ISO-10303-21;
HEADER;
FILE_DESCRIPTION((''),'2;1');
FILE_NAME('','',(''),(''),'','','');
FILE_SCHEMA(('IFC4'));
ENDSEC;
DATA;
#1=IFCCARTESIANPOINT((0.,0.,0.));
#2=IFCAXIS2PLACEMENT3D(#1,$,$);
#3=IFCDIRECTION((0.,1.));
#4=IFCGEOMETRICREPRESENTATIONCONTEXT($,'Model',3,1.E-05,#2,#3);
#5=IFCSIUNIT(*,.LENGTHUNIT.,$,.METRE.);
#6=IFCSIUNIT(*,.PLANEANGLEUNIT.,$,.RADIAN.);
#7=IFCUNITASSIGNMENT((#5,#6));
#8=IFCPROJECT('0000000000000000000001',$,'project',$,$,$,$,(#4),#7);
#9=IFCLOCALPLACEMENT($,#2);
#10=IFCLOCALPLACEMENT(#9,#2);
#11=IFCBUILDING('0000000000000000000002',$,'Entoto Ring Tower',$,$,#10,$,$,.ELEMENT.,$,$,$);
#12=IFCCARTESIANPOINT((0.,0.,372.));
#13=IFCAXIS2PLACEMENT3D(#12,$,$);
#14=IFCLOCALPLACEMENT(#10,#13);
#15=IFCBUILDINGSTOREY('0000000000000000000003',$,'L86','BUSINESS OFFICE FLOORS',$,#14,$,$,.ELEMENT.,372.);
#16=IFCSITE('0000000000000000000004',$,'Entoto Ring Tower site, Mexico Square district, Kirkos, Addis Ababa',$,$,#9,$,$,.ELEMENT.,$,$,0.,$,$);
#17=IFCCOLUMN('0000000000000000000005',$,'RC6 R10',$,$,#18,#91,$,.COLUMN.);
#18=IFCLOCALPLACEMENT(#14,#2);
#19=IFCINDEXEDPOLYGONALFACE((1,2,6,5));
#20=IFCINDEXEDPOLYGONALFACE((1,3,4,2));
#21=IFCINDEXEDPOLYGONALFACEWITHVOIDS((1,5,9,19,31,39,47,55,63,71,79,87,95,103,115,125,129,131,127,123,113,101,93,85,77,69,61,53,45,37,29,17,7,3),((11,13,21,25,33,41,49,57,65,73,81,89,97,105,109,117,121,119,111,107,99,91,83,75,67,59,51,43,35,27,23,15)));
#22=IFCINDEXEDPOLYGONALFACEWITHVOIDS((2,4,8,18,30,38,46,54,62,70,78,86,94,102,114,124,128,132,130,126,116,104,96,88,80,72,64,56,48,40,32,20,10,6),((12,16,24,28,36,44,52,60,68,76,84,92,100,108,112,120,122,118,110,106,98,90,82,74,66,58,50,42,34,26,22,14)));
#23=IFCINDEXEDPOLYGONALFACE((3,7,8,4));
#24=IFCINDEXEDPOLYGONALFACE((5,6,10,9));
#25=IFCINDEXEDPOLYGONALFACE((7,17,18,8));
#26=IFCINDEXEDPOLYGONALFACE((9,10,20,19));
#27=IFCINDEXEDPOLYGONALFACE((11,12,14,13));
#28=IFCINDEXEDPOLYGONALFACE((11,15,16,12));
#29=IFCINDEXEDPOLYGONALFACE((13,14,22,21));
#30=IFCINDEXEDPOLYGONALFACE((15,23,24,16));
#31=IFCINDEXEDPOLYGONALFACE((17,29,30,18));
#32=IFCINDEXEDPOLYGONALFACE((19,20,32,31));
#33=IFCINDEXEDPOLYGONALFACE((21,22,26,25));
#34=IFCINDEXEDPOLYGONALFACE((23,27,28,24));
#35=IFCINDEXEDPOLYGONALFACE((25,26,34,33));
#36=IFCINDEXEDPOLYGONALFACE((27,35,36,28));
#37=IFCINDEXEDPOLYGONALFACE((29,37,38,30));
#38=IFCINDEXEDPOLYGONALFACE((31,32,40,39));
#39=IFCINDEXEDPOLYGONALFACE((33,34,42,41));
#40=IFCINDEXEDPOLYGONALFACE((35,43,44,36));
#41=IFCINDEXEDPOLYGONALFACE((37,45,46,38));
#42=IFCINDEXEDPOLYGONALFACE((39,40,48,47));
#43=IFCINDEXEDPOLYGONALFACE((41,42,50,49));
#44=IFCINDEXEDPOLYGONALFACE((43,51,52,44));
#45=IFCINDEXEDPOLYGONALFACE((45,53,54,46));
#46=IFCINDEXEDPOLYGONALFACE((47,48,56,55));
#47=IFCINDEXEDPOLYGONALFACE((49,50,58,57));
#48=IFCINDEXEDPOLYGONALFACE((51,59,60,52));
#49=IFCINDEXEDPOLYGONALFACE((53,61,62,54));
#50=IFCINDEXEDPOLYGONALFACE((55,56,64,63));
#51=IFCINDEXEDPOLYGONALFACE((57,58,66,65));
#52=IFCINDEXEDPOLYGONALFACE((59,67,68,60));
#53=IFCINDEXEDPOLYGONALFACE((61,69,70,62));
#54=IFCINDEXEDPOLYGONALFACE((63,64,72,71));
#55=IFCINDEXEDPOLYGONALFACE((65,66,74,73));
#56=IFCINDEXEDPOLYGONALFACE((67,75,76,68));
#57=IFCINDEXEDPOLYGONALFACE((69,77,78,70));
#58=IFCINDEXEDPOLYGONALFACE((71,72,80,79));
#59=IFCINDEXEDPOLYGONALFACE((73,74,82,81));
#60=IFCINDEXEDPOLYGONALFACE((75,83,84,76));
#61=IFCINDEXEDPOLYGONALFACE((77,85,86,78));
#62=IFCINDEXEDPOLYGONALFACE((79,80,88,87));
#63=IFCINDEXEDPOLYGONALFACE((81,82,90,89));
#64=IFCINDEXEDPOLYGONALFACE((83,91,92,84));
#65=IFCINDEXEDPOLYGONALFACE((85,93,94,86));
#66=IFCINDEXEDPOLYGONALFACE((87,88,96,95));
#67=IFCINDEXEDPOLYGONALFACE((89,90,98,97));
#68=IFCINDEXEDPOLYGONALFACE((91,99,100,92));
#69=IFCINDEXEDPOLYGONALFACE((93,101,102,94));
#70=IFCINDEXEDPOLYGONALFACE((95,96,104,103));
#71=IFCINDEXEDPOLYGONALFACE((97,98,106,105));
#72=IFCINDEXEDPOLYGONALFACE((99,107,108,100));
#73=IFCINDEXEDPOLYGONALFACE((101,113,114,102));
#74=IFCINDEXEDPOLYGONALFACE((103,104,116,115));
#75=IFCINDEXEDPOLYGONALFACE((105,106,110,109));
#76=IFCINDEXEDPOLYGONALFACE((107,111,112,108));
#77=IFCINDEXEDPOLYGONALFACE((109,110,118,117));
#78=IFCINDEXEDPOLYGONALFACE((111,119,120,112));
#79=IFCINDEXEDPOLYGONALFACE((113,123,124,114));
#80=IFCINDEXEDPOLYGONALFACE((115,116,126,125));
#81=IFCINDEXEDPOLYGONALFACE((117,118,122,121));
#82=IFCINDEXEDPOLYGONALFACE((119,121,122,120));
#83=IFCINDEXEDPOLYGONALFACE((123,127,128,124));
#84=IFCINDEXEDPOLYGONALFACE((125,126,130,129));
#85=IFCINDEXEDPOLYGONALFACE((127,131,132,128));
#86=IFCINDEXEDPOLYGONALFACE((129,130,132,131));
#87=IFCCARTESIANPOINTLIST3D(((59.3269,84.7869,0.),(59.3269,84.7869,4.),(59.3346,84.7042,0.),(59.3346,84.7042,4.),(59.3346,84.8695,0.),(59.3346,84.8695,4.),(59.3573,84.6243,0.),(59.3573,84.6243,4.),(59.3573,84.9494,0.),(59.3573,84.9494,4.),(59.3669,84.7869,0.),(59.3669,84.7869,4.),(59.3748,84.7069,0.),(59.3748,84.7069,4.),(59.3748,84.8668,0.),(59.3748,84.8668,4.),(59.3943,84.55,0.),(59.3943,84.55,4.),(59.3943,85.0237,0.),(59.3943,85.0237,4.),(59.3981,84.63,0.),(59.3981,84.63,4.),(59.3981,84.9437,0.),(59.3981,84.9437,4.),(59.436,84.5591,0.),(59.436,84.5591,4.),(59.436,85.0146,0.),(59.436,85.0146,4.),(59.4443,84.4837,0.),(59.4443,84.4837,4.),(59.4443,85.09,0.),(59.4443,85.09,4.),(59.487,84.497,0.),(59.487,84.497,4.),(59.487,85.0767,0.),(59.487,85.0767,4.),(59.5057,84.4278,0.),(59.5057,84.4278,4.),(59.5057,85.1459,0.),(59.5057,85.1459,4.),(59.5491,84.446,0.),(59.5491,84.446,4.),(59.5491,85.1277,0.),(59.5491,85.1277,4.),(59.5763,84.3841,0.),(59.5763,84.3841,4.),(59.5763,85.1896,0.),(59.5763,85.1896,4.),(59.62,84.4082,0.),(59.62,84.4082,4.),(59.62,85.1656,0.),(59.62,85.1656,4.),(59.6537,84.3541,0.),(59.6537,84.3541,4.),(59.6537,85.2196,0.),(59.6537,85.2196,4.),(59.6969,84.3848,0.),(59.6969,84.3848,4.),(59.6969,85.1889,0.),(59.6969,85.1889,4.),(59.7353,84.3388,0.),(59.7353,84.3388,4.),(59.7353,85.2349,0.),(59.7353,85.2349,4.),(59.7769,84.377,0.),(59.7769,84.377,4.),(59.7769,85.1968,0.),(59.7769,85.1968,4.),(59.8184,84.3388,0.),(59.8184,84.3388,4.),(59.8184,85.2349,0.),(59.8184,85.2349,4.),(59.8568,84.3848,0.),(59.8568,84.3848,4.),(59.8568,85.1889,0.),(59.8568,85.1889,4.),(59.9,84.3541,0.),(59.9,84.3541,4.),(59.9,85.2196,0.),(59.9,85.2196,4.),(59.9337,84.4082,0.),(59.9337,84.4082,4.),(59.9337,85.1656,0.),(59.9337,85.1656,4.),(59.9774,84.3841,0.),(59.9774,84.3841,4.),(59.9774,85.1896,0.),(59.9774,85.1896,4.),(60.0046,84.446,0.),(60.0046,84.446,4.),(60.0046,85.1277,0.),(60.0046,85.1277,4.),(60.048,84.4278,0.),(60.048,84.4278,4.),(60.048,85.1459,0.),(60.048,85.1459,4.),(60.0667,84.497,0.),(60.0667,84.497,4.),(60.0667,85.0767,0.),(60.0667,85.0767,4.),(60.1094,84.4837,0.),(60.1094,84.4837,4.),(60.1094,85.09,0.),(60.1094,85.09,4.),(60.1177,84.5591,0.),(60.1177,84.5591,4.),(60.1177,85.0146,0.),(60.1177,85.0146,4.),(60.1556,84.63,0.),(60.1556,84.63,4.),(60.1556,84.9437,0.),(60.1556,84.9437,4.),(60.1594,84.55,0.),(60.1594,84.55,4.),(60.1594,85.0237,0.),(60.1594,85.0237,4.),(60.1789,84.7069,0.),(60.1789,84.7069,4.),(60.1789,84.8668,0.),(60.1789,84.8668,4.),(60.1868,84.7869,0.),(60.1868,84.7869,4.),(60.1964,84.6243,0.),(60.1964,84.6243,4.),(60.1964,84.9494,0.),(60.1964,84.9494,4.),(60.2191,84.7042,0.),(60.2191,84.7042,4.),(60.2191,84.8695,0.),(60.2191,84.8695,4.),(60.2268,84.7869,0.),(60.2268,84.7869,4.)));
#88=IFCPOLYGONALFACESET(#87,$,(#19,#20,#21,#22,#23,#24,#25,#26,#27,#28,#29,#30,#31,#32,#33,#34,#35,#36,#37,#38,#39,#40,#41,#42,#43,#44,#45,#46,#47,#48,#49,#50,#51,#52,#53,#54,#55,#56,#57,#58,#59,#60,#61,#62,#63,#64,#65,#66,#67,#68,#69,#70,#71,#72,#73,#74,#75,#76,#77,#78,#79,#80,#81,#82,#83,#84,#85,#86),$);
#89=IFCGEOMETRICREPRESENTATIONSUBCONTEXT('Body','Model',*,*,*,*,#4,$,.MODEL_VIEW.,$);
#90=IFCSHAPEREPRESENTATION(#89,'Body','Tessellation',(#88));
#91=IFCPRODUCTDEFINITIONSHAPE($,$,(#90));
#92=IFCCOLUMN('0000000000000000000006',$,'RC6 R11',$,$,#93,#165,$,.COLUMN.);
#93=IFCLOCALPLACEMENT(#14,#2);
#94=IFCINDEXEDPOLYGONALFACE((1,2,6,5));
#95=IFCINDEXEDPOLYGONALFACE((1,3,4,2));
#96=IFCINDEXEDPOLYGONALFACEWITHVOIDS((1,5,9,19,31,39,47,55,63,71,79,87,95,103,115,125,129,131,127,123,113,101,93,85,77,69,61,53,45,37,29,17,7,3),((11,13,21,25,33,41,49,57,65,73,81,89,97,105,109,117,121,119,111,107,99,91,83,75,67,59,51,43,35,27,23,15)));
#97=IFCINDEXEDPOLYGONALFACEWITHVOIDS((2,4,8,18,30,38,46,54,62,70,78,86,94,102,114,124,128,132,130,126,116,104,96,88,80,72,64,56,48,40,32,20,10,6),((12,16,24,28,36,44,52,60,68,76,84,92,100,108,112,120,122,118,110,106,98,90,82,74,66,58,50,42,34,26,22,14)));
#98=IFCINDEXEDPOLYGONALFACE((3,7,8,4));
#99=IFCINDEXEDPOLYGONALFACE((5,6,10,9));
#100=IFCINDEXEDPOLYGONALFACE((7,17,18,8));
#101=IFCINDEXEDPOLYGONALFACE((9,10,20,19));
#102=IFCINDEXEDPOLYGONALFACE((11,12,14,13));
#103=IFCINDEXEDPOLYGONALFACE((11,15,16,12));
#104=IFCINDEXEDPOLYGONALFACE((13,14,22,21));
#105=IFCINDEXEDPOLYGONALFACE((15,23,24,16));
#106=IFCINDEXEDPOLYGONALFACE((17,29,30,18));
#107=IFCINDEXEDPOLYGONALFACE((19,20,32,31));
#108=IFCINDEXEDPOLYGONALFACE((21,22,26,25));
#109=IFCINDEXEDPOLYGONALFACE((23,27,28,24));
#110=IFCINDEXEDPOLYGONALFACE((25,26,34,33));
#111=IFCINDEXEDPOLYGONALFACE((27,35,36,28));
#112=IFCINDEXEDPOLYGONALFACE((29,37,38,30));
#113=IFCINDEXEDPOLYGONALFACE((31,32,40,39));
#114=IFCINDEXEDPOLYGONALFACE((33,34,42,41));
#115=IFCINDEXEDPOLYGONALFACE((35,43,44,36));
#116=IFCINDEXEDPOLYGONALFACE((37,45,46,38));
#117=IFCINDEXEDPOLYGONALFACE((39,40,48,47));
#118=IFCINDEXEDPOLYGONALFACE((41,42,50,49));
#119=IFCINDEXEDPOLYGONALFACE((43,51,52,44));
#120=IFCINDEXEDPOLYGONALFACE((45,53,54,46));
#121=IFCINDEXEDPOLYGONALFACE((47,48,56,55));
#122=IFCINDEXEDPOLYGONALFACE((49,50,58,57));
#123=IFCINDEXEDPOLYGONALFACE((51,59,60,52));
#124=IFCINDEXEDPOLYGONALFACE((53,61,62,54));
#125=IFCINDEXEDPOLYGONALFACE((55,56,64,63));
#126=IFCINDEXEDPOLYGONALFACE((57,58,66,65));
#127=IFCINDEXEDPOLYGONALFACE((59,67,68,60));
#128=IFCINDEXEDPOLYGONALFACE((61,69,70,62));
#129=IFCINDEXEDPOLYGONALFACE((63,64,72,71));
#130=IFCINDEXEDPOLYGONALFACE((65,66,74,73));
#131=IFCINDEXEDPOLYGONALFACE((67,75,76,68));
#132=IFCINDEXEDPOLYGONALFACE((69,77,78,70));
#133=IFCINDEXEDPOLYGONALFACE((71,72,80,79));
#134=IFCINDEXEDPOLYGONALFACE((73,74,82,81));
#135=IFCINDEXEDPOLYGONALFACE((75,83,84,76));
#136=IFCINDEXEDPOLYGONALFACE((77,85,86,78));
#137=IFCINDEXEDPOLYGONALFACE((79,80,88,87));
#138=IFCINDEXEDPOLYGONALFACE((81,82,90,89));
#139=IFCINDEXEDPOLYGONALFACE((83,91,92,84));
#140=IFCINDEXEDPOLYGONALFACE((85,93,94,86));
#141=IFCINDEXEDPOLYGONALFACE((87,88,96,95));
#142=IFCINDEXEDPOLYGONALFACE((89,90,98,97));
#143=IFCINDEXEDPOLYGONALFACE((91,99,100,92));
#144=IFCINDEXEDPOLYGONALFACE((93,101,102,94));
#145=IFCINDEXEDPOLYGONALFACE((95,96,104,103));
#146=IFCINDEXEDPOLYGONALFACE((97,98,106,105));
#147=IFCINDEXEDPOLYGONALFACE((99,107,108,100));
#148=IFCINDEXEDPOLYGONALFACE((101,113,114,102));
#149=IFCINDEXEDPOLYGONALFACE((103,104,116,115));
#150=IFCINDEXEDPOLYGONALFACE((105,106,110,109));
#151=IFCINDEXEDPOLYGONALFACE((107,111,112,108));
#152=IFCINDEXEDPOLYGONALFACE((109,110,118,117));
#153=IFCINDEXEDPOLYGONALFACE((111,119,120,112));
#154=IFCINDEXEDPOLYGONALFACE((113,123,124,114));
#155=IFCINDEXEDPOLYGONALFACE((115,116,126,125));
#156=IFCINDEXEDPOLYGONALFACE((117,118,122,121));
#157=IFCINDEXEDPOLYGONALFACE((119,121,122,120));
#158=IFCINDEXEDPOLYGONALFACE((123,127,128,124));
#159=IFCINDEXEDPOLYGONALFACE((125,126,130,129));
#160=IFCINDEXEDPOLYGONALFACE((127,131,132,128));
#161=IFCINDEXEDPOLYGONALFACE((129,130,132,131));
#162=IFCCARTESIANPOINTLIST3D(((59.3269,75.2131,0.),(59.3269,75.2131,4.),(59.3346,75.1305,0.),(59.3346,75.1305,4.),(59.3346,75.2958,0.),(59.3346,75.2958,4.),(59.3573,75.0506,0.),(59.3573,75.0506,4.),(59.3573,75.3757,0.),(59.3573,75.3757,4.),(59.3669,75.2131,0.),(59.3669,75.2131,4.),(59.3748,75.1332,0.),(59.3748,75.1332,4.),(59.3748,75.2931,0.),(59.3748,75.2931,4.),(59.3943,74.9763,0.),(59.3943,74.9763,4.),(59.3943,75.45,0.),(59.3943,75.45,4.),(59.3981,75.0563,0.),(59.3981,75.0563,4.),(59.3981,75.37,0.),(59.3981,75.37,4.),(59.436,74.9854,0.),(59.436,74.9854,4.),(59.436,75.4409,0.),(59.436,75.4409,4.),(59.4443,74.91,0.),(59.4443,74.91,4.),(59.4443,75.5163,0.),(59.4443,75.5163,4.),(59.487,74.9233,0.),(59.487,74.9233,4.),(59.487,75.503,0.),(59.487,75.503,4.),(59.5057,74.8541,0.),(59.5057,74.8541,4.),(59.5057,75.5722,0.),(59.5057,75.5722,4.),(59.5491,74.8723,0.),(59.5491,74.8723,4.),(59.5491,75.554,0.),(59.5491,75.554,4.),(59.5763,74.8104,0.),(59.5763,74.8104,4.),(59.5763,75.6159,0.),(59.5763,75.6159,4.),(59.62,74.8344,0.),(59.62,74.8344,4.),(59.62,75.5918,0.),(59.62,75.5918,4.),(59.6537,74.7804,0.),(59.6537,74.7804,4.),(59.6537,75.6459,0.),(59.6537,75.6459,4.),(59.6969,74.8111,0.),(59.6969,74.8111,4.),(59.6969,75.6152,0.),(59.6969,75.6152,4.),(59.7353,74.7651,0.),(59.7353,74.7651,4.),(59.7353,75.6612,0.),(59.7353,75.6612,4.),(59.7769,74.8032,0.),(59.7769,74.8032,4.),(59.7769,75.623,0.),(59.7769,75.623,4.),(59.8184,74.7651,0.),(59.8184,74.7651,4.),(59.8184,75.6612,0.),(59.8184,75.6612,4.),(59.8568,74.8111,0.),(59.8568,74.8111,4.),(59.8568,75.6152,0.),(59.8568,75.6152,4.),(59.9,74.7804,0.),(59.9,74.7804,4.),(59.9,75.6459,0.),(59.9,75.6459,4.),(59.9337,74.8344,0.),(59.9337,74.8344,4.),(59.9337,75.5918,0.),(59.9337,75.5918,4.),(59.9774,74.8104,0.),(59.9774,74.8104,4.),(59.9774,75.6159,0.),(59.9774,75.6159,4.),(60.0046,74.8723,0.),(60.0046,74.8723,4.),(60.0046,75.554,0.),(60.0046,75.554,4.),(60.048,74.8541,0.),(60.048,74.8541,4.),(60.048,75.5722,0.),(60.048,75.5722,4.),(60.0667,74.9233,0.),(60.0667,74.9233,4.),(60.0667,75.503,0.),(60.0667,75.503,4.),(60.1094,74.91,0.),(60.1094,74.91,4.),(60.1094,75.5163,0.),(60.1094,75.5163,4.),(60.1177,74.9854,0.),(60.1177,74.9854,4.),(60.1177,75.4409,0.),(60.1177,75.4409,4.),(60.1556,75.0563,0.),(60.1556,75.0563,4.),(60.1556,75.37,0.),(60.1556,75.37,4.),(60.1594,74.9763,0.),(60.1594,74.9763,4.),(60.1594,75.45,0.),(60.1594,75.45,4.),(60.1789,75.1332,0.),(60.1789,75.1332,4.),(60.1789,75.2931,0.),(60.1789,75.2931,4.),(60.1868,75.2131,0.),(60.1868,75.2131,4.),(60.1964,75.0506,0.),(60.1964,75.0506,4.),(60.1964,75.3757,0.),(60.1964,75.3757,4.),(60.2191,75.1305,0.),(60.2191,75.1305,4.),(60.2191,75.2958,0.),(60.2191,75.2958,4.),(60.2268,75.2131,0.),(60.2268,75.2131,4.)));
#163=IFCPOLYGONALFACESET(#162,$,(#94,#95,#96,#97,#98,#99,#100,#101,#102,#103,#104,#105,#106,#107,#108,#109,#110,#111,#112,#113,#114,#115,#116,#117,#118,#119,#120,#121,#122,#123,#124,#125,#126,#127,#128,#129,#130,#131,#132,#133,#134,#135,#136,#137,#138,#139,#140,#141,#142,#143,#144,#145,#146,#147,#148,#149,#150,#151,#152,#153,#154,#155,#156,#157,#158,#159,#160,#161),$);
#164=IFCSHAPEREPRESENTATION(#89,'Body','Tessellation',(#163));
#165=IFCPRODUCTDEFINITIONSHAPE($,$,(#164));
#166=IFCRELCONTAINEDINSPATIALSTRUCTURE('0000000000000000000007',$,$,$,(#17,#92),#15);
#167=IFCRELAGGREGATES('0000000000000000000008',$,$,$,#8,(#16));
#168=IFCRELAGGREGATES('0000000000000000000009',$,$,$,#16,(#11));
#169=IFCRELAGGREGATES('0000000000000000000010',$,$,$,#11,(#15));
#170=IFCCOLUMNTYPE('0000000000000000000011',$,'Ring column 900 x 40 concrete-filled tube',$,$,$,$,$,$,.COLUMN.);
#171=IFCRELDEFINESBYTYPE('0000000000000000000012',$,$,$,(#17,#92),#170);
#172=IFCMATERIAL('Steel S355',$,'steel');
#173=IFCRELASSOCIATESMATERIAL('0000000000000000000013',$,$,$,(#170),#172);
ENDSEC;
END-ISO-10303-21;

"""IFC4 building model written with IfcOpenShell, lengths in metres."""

from ifc_helpers import new_model, si_unit, direction, frame, origin, origin_2d, place, context, subcontext, project, spatial, circle, hollow_circle, extrude, material, material_profile, profile_set, type_object, element, save


model = new_model("IFC4")

# Units and contexts
model_context = context("Model", 3, precision=1e-05, world=origin(), true_north=direction((0.0, 1.0)))
body_context = subcontext(model_context, "Body", "Model", "MODEL_VIEW")
ifc_project = project(units=[si_unit("LENGTHUNIT", "METRE"), si_unit("PLANEANGLEUNIT", "RADIAN")], contexts=[model_context])

# Site, building, storey
site_placement = place(None, origin())
site = spatial("IfcSite", under=ifc_project, at=site_placement, Name="Entoto Ring Tower site, Mexico Square district, Kirkos, Addis Ababa", CompositionType="ELEMENT", RefElevation=0.0)
building_placement = place(site_placement, origin())
building = spatial("IfcBuilding", under=site, at=building_placement, Name="Entoto Ring Tower", CompositionType="ELEMENT")
storey_placement = place(building_placement, frame((0.0, 0.0, 372.0)))
storey = spatial("IfcBuildingStorey", under=building, at=storey_placement, Name="L86", Description="BUSINESS OFFICE FLOORS", CompositionType="ELEMENT", Elevation=372.0)

# Columns
ifc_material_1 = material(Name="Steel S355", Category="steel")
ifc_material_profile_1 = material_profile(ifc_material_1, hollow_circle(Radius=0.45, WallThickness=0.04, at=origin_2d()), Name="CHS 900 x 40")
ifc_material_2 = material(Name="Concrete C60/75", Category="concrete")
ifc_material_profile_2 = material_profile(ifc_material_2, circle(Radius=0.4099, at=origin_2d()), Name="Concrete C60/75 infill")
ifc_profile_set_1 = profile_set([ifc_material_profile_1, ifc_material_profile_2], Name="Steel S355")
column_type = type_object("IfcColumnType", Name="Ring column 900 x 40 concrete-filled tube", PredefinedType="COLUMN", material=ifc_profile_set_1)
for number, where, z_axis, x_axis, name in (
    (1, (59.7769, 84.7869, 0.0), (0.0, 0.0, 1.0), (1.0, 0.0, 0.0), "RC6 R10"),
    (2, (59.7769, 75.2131, 0.0), (0.0, 0.0, 1.0), (1.0, 0.0, 0.0), "RC6 R11"),
):
    element("IfcColumn", number, at=place(storey_placement, frame(where, z_axis=z_axis, x_axis=x_axis)), inside=storey, type_object=column_type, Name=name, PredefinedType="COLUMN", context=body_context, shape_type="SweptSolid", body=[
        extrude(hollow_circle(Radius=0.45, WallThickness=0.04, at=origin_2d()), origin(), (0.0, 0.0, 1.0), 4.0),
    ])

save(model, "model.ifc")
